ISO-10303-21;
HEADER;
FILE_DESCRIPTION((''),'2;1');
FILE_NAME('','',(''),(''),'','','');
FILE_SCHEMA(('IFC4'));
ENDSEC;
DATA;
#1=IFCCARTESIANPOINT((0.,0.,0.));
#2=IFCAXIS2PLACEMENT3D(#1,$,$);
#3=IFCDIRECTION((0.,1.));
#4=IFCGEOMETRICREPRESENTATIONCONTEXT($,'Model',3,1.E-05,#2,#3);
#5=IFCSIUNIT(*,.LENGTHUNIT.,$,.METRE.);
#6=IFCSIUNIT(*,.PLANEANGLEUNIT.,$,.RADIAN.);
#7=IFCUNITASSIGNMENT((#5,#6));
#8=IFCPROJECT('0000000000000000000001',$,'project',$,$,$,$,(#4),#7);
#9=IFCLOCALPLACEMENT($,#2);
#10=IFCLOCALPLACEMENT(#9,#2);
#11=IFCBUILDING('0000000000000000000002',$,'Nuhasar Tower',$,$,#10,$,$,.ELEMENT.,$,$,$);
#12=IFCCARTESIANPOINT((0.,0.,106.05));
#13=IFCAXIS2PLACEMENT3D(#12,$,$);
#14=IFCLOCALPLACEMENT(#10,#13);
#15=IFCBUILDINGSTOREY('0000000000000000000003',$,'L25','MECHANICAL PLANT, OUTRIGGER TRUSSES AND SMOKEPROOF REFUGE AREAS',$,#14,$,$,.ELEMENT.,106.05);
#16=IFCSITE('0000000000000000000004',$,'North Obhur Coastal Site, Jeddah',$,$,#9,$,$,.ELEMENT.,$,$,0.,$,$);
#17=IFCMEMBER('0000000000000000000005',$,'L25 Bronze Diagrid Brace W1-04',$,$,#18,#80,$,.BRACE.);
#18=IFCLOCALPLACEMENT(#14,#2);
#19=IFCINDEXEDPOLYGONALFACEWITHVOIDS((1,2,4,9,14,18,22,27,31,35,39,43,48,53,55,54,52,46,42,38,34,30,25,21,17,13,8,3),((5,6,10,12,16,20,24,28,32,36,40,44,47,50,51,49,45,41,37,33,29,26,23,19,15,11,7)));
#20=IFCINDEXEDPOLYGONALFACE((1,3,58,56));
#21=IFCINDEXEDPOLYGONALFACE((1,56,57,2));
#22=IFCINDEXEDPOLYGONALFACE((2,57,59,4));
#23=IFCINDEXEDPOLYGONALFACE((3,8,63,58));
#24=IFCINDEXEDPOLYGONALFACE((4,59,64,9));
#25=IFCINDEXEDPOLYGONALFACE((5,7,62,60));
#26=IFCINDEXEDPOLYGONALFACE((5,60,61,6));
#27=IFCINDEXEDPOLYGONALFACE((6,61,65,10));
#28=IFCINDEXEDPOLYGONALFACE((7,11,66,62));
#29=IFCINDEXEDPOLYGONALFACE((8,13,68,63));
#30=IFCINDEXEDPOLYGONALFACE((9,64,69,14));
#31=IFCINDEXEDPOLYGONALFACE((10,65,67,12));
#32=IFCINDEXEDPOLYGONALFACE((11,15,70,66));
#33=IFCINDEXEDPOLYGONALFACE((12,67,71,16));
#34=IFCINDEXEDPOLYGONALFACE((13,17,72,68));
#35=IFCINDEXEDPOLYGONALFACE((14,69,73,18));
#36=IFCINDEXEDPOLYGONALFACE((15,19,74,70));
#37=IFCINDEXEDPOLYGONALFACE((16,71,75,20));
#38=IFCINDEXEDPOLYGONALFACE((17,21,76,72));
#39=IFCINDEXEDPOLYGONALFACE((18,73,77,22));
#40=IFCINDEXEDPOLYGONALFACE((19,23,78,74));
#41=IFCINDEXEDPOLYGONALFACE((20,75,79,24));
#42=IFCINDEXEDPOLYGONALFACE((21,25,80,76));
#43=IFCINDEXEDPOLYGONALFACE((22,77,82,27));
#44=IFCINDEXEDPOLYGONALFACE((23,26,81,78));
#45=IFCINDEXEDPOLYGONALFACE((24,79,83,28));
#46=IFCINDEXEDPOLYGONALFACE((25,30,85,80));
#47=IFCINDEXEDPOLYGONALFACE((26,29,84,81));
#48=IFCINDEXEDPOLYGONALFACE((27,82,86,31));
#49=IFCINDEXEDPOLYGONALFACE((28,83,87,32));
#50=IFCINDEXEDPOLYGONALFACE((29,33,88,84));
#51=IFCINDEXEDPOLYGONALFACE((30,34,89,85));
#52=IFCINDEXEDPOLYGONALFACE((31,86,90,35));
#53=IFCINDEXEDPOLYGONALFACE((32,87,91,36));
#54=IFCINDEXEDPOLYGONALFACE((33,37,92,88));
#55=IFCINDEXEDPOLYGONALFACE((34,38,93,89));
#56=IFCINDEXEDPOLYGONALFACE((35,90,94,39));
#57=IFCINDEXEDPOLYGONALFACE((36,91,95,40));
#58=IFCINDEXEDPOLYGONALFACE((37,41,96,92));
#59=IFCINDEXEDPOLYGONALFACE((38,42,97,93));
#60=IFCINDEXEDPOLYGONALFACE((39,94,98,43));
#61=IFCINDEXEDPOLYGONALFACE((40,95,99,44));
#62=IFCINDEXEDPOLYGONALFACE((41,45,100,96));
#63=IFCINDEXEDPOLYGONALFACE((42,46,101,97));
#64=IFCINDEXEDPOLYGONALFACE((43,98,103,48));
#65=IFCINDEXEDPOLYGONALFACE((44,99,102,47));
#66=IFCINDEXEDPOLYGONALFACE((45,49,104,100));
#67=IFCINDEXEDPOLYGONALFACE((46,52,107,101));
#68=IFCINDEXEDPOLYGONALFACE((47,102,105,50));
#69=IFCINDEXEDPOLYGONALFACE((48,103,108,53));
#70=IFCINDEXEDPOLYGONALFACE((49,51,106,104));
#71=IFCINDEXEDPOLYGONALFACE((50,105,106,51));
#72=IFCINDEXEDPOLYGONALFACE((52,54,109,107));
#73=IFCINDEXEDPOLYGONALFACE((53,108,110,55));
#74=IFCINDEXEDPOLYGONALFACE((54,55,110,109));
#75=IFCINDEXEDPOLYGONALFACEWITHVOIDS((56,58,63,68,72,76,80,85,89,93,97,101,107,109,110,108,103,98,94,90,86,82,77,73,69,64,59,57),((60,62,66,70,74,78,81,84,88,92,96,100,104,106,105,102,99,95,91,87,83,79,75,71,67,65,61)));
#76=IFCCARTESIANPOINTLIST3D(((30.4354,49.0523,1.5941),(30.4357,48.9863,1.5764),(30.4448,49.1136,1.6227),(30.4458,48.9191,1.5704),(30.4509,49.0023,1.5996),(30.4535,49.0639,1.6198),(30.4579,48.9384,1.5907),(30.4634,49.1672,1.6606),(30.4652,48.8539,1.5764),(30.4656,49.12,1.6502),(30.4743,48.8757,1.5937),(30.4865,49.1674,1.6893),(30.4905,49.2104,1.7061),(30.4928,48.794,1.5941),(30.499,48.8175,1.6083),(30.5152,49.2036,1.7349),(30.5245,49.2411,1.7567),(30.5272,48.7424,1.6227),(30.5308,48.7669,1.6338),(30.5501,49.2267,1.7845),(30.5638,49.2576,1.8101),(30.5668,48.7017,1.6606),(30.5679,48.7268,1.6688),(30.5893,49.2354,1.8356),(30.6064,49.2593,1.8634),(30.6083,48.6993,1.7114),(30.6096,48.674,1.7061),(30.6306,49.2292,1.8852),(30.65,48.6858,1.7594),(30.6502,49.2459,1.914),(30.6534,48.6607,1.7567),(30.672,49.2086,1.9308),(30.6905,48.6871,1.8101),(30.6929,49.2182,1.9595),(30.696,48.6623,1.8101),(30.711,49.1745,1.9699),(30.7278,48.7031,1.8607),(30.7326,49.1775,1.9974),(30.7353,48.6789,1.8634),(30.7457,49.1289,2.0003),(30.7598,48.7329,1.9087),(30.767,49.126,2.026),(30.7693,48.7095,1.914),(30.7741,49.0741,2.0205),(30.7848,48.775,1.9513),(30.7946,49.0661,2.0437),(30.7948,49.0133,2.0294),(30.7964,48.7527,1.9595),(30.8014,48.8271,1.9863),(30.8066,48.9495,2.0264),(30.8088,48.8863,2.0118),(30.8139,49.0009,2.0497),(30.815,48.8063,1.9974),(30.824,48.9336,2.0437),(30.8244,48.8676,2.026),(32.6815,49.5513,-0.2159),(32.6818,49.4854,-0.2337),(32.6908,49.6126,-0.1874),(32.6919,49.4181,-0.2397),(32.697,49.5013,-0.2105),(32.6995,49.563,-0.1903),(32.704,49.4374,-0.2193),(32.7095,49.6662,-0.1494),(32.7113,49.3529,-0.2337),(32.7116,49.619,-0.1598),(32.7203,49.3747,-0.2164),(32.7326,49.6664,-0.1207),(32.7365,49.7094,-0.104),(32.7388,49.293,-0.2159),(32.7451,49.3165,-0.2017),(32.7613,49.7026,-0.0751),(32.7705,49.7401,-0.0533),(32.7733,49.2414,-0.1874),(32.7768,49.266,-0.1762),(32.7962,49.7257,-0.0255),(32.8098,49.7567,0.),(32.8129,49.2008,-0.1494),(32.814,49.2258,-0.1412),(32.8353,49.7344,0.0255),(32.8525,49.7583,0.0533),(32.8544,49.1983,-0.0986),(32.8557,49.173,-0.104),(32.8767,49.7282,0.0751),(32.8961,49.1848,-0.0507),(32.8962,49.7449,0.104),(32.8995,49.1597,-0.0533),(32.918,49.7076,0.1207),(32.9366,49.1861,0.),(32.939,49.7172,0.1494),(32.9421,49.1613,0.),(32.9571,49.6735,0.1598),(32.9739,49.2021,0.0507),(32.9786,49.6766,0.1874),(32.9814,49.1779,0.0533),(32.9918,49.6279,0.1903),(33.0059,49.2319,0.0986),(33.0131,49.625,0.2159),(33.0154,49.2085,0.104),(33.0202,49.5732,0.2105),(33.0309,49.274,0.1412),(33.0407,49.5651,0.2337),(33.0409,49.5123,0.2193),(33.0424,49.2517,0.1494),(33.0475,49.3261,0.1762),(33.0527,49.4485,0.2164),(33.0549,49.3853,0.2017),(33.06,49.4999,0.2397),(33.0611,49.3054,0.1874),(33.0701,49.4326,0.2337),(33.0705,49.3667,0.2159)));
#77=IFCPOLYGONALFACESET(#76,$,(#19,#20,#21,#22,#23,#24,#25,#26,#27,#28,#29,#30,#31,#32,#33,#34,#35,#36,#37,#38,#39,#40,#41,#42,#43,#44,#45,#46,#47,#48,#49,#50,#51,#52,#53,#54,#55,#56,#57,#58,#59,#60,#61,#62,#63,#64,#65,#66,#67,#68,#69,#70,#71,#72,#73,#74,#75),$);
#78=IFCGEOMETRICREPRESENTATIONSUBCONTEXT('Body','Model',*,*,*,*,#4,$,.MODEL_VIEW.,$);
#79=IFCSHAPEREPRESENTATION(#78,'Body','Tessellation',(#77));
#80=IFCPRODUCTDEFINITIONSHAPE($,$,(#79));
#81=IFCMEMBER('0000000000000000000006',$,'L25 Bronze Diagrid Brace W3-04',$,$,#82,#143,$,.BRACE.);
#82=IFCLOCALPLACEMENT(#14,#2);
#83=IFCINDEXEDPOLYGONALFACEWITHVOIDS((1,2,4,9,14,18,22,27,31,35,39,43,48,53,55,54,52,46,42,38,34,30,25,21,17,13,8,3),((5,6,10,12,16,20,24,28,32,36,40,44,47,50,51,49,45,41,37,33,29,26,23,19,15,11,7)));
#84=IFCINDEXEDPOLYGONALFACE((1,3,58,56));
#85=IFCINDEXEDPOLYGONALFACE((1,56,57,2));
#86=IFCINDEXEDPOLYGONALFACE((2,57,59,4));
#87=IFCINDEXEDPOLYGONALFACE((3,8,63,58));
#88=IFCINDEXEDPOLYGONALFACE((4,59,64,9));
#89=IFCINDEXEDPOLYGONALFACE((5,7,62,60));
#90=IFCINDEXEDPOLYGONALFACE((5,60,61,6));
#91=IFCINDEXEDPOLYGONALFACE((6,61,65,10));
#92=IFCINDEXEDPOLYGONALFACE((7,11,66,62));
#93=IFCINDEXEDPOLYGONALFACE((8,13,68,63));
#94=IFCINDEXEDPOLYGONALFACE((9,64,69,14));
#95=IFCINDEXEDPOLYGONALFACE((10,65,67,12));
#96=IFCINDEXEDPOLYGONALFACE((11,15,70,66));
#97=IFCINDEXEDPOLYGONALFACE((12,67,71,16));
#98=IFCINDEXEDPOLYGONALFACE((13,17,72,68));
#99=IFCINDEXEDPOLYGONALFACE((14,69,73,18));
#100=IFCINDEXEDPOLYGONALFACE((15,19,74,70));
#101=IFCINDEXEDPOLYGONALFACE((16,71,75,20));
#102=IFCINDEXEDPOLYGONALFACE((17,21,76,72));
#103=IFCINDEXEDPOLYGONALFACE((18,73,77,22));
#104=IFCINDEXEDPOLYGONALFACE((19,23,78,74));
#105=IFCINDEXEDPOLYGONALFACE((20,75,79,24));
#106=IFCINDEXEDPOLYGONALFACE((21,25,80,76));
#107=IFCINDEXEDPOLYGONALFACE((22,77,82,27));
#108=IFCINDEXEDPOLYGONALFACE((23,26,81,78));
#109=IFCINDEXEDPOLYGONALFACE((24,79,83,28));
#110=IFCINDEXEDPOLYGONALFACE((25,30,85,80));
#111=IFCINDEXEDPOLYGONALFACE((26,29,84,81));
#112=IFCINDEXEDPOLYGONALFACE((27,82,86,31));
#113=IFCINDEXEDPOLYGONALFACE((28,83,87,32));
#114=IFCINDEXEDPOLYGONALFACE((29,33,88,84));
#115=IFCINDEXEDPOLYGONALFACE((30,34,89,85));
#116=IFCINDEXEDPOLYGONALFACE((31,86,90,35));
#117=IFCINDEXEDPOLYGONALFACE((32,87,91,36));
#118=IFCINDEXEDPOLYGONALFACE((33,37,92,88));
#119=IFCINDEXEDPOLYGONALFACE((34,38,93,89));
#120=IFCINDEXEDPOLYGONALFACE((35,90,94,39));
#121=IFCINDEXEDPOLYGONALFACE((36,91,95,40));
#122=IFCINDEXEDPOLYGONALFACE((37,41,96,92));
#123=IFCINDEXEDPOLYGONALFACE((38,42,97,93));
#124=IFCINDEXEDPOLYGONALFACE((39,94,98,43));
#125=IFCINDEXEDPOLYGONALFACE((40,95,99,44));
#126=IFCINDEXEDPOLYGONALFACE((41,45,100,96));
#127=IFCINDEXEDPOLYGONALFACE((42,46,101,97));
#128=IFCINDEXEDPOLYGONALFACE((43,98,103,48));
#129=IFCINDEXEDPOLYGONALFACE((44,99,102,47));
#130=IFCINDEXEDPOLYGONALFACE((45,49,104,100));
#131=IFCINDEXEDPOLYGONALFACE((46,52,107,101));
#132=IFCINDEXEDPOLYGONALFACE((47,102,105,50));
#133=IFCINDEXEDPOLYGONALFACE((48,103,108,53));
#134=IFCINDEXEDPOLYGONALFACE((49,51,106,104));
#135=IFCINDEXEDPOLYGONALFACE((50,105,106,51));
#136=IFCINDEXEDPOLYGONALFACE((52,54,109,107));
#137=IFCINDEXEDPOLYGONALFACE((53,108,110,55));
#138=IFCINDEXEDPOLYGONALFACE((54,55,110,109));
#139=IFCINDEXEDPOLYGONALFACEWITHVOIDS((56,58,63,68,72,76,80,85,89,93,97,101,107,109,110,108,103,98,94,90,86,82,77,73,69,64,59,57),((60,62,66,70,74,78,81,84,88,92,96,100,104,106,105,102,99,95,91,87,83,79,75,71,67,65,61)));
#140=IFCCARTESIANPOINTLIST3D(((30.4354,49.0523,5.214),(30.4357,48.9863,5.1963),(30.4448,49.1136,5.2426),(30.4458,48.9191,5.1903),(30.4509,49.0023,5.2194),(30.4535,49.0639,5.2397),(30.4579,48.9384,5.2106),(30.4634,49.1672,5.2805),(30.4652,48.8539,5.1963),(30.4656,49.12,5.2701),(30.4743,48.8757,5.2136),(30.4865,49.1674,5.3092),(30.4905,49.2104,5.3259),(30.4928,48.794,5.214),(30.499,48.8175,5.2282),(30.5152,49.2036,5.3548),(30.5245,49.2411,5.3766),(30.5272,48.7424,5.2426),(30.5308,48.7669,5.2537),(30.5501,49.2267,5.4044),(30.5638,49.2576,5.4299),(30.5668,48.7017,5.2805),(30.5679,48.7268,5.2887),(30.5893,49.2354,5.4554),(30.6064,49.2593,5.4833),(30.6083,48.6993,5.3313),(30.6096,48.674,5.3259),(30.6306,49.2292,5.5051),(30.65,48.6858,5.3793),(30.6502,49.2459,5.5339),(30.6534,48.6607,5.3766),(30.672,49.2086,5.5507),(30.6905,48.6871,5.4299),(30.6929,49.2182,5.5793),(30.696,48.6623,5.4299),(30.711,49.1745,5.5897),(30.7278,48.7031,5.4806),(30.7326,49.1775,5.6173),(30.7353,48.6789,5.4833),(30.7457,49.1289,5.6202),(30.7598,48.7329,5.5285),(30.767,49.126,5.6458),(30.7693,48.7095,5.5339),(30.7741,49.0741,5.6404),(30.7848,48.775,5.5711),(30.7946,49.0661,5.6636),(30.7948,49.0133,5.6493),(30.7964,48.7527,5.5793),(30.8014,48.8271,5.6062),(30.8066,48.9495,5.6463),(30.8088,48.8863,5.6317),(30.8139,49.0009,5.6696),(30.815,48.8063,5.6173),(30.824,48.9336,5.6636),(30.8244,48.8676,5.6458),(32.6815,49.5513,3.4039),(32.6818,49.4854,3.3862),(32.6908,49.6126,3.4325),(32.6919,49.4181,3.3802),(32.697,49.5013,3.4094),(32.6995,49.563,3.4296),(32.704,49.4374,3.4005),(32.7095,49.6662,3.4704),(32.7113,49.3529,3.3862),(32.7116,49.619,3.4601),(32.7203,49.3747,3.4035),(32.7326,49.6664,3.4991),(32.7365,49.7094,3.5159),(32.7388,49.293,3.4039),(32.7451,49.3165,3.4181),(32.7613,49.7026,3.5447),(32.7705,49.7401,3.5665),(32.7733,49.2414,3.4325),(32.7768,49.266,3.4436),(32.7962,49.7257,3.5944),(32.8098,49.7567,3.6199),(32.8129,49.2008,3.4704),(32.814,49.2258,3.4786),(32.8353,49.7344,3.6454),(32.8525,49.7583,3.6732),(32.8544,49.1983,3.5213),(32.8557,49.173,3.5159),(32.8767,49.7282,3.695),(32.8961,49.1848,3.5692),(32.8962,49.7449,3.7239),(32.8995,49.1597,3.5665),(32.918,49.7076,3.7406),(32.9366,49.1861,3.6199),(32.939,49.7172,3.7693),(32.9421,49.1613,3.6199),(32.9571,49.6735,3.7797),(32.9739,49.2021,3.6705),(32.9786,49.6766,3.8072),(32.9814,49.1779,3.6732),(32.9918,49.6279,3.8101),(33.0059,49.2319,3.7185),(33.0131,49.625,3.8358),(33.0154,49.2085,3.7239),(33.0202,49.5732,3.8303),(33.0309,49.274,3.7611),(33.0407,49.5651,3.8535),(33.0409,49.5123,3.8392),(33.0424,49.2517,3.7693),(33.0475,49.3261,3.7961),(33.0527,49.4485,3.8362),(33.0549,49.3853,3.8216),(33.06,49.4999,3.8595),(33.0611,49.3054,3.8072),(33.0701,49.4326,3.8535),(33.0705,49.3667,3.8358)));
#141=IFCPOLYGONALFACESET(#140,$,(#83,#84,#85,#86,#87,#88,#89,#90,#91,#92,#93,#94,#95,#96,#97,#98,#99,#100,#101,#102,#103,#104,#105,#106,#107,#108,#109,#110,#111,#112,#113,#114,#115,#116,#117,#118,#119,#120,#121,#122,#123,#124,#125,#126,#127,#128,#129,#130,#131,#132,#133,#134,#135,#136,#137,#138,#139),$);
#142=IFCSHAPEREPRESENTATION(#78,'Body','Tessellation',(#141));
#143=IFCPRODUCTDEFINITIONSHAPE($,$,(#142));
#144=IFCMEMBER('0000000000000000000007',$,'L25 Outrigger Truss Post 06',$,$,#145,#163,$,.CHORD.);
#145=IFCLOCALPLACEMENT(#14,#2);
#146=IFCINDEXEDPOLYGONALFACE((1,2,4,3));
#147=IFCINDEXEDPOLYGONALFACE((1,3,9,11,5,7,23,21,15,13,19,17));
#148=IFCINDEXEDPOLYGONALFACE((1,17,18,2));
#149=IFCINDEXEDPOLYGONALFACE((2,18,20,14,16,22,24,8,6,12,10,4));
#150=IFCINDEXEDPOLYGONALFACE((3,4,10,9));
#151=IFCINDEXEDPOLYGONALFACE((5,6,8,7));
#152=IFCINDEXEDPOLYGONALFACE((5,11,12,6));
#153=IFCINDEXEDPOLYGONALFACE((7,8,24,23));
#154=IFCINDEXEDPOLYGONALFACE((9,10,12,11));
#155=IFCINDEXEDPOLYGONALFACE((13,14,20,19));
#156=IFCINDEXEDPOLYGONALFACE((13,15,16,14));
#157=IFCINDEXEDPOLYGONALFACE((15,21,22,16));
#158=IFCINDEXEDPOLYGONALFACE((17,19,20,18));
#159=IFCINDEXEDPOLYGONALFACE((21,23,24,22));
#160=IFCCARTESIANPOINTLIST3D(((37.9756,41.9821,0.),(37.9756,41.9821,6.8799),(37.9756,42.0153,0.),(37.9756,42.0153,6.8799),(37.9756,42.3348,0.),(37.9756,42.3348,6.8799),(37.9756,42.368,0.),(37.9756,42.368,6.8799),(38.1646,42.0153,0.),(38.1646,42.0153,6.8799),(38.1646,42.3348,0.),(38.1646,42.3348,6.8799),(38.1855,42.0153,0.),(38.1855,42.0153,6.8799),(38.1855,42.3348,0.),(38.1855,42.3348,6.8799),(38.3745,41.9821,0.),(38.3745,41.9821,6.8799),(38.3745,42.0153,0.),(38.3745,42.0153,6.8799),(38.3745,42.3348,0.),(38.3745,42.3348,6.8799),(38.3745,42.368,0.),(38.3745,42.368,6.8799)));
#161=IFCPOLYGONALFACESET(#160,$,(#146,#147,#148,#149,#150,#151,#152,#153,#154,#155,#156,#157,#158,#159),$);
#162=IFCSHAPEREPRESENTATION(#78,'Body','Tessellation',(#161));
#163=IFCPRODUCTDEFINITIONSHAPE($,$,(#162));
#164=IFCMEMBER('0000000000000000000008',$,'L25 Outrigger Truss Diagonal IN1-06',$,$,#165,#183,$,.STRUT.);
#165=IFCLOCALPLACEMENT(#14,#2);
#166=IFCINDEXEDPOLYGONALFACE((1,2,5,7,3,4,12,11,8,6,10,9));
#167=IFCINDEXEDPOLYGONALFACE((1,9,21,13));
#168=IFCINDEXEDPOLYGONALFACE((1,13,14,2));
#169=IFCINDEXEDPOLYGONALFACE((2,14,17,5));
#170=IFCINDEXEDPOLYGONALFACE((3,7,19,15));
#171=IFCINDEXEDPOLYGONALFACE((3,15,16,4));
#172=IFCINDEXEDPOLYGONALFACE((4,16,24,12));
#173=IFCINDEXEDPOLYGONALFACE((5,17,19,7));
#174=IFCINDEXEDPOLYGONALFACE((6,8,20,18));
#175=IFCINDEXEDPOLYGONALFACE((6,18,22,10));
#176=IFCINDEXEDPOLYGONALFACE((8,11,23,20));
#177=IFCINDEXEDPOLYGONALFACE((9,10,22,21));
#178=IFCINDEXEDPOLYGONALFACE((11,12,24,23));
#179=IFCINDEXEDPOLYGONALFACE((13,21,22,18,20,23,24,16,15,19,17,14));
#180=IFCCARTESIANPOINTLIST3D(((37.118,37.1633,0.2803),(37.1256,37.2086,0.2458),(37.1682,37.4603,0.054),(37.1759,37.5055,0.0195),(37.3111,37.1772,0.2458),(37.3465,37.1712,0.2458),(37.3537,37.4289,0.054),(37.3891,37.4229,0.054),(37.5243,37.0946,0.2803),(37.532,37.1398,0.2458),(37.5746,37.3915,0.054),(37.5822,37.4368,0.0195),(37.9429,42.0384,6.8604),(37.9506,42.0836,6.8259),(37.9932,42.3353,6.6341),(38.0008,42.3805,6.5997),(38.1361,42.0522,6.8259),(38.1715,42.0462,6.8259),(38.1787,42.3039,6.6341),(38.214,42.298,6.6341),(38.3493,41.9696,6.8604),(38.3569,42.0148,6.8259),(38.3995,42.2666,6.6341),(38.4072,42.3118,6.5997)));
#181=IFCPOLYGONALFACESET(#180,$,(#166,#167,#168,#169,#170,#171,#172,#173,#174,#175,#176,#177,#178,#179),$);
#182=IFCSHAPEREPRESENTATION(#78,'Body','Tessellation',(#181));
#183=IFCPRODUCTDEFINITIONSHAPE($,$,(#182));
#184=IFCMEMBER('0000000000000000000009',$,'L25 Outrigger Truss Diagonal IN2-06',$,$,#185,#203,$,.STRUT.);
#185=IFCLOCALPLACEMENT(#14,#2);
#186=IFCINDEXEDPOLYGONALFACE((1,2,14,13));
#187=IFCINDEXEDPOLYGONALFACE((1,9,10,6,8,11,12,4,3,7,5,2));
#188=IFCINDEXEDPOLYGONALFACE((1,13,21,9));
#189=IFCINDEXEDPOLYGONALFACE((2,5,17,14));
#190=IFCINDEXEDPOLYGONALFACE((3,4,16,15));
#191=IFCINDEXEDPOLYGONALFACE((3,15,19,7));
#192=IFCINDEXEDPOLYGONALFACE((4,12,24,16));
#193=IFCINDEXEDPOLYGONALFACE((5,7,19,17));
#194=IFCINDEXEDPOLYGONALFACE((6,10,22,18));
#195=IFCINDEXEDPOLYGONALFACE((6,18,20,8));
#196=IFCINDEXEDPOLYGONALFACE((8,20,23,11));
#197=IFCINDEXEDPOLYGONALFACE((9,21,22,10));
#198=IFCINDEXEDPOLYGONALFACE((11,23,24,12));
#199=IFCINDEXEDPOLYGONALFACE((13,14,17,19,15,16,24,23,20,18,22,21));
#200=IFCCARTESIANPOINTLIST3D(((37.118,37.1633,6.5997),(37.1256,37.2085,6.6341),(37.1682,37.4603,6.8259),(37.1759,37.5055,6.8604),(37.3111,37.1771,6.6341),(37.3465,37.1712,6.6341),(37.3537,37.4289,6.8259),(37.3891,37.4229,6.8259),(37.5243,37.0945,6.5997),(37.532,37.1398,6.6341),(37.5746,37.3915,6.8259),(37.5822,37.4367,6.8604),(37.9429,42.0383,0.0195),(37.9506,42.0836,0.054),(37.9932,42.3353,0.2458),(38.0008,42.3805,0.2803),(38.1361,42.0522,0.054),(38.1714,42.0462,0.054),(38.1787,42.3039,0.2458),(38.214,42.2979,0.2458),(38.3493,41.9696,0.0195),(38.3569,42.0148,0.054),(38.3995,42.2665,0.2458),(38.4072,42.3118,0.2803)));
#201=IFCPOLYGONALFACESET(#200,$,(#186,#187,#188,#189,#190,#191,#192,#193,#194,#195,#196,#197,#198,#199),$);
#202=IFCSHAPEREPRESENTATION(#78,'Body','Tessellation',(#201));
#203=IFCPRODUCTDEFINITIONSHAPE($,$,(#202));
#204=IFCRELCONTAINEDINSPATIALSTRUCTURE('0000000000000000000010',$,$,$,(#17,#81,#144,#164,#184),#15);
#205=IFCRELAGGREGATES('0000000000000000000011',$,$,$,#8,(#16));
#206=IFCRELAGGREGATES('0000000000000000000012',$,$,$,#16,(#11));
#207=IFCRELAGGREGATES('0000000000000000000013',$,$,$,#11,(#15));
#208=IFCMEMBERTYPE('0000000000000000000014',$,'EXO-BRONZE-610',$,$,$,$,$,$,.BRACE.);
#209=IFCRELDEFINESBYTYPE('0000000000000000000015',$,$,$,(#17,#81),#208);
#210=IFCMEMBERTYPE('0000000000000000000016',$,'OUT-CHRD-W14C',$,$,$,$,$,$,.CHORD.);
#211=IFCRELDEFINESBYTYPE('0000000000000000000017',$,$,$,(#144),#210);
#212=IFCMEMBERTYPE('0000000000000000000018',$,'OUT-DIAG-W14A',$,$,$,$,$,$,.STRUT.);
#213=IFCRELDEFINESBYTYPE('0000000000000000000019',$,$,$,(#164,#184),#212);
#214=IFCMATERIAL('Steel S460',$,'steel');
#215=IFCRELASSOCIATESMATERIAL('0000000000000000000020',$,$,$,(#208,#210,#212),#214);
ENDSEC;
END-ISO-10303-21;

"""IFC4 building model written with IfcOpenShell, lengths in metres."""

from ifc_helpers import new_model, si_unit, direction, frame, origin, origin_2d, place, context, subcontext, project, spatial, hollow_circle, i_section, extrude, material, material_profile, profile_set, type_object, element, save


model = new_model("IFC4")

# Units and contexts
model_context = context("Model", 3, precision=1e-05, world=origin(), true_north=direction((0.0, 1.0)))
body_context = subcontext(model_context, "Body", "Model", "MODEL_VIEW")
ifc_project = project(units=[si_unit("LENGTHUNIT", "METRE"), si_unit("PLANEANGLEUNIT", "RADIAN")], contexts=[model_context])

# Site, building, storey
site_placement = place(None, origin())
site = spatial("IfcSite", under=ifc_project, at=site_placement, Name="North Obhur Coastal Site, Jeddah", CompositionType="ELEMENT", RefElevation=0.0)
building_placement = place(site_placement, origin())
building = spatial("IfcBuilding", under=site, at=building_placement, Name="Nuhasar Tower", CompositionType="ELEMENT")
storey_placement = place(building_placement, frame((0.0, 0.0, 106.05)))
storey = spatial("IfcBuildingStorey", under=building, at=storey_placement, Name="L25", Description="MECHANICAL PLANT, OUTRIGGER TRUSSES AND SMOKEPROOF REFUGE AREAS", CompositionType="ELEMENT", Elevation=106.05)

# Members
ifc_material_1 = material(Name="Steel S460", Category="steel")
ifc_material_profile_1 = material_profile(ifc_material_1, hollow_circle(Radius=0.3049, WallThickness=0.0254, at=origin_2d()), Name="HSS610X25.4")
ifc_profile_set_1 = profile_set([ifc_material_profile_1], Name="Steel S460")
member_type_1 = type_object("IfcMemberType", Name="EXO-BRONZE-610", PredefinedType="BRACE", material=ifc_profile_set_1)
for number, where, z_axis, x_axis, name in (
    (1, (32.876, 49.459, 0.0), (-0.767239, -0.17046, 0.618294), (0.216886, -0.976197, 0.0), "L25 Bronze Diagrid Brace W1-04"),
    (2, (32.876, 49.459, 3.6199), (-0.767239, -0.17046, 0.618294), (0.216886, -0.976197, 0.0), "L25 Bronze Diagrid Brace W3-04"),
):
    element("IfcMember", number, at=place(storey_placement, frame(where, z_axis=z_axis, x_axis=x_axis)), inside=storey, type_object=member_type_1, Name=name, PredefinedType="BRACE", context=body_context, shape_type="SweptSolid", body=[
        extrude(hollow_circle(Radius=0.3049, WallThickness=0.0254, at=origin_2d()), origin(), (0.0, 0.0, 1.0), 2.9275),
    ])
ifc_material_profile_2 = material_profile(ifc_material_1, i_section(OverallWidth=0.3989, OverallDepth=0.386, WebThickness=0.021, FlangeThickness=0.0332, at=origin_2d()), Name="W14X176")
ifc_profile_set_2 = profile_set([ifc_material_profile_2], Name="Steel S460")
member_type_2 = type_object("IfcMemberType", Name="OUT-CHRD-W14C", PredefinedType="CHORD", material=ifc_profile_set_2)
member_1_placement = place(storey_placement, frame((38.175, 42.175, 0.0), z_axis=(0.0, 0.0, 1.0), x_axis=(1.0, 0.0, 0.0)))
element("IfcMember", 3, at=member_1_placement, inside=storey, type_object=member_type_2, Name="L25 Outrigger Truss Post 06", PredefinedType="CHORD", context=body_context, shape_type="SweptSolid", body=[
    extrude(i_section(OverallWidth=0.3989, OverallDepth=0.386, WebThickness=0.021, FlangeThickness=0.0332, at=origin_2d()), origin(), (0.0, 0.0, 1.0), 6.8799),
])
ifc_material_profile_3 = material_profile(ifc_material_1, i_section(OverallWidth=0.4121, OverallDepth=0.4341, WebThickness=0.0359, FlangeThickness=0.0574, at=origin_2d()), Name="W14X311")
ifc_profile_set_3 = profile_set([ifc_material_profile_3], Name="Steel S460")
member_type_3 = type_object("IfcMemberType", Name="OUT-DIAG-W14A", PredefinedType="STRUT", material=ifc_profile_set_3)
for number, where, z_axis, x_axis, name in (
    (4, (37.3501, 37.3, 0.1499), (0.100229, 0.592298, 0.79946), (-0.985983, 0.166849, 0.0), "L25 Outrigger Truss Diagonal IN1-06"),
    (5, (38.175, 42.175, 0.1499), (-0.100229, -0.592298, 0.79946), (0.985983, -0.166849, 0.0), "L25 Outrigger Truss Diagonal IN2-06"),
):
    element("IfcMember", number, at=place(storey_placement, frame(where, z_axis=z_axis, x_axis=x_axis)), inside=storey, type_object=member_type_3, Name=name, PredefinedType="STRUT", context=body_context, shape_type="SweptSolid", body=[
        extrude(i_section(OverallWidth=0.4121, OverallDepth=0.4341, WebThickness=0.0359, FlangeThickness=0.0574, at=origin_2d()), origin(), (0.0, 0.0, 1.0), 8.2307),
    ])

save(model, "model.ifc")
